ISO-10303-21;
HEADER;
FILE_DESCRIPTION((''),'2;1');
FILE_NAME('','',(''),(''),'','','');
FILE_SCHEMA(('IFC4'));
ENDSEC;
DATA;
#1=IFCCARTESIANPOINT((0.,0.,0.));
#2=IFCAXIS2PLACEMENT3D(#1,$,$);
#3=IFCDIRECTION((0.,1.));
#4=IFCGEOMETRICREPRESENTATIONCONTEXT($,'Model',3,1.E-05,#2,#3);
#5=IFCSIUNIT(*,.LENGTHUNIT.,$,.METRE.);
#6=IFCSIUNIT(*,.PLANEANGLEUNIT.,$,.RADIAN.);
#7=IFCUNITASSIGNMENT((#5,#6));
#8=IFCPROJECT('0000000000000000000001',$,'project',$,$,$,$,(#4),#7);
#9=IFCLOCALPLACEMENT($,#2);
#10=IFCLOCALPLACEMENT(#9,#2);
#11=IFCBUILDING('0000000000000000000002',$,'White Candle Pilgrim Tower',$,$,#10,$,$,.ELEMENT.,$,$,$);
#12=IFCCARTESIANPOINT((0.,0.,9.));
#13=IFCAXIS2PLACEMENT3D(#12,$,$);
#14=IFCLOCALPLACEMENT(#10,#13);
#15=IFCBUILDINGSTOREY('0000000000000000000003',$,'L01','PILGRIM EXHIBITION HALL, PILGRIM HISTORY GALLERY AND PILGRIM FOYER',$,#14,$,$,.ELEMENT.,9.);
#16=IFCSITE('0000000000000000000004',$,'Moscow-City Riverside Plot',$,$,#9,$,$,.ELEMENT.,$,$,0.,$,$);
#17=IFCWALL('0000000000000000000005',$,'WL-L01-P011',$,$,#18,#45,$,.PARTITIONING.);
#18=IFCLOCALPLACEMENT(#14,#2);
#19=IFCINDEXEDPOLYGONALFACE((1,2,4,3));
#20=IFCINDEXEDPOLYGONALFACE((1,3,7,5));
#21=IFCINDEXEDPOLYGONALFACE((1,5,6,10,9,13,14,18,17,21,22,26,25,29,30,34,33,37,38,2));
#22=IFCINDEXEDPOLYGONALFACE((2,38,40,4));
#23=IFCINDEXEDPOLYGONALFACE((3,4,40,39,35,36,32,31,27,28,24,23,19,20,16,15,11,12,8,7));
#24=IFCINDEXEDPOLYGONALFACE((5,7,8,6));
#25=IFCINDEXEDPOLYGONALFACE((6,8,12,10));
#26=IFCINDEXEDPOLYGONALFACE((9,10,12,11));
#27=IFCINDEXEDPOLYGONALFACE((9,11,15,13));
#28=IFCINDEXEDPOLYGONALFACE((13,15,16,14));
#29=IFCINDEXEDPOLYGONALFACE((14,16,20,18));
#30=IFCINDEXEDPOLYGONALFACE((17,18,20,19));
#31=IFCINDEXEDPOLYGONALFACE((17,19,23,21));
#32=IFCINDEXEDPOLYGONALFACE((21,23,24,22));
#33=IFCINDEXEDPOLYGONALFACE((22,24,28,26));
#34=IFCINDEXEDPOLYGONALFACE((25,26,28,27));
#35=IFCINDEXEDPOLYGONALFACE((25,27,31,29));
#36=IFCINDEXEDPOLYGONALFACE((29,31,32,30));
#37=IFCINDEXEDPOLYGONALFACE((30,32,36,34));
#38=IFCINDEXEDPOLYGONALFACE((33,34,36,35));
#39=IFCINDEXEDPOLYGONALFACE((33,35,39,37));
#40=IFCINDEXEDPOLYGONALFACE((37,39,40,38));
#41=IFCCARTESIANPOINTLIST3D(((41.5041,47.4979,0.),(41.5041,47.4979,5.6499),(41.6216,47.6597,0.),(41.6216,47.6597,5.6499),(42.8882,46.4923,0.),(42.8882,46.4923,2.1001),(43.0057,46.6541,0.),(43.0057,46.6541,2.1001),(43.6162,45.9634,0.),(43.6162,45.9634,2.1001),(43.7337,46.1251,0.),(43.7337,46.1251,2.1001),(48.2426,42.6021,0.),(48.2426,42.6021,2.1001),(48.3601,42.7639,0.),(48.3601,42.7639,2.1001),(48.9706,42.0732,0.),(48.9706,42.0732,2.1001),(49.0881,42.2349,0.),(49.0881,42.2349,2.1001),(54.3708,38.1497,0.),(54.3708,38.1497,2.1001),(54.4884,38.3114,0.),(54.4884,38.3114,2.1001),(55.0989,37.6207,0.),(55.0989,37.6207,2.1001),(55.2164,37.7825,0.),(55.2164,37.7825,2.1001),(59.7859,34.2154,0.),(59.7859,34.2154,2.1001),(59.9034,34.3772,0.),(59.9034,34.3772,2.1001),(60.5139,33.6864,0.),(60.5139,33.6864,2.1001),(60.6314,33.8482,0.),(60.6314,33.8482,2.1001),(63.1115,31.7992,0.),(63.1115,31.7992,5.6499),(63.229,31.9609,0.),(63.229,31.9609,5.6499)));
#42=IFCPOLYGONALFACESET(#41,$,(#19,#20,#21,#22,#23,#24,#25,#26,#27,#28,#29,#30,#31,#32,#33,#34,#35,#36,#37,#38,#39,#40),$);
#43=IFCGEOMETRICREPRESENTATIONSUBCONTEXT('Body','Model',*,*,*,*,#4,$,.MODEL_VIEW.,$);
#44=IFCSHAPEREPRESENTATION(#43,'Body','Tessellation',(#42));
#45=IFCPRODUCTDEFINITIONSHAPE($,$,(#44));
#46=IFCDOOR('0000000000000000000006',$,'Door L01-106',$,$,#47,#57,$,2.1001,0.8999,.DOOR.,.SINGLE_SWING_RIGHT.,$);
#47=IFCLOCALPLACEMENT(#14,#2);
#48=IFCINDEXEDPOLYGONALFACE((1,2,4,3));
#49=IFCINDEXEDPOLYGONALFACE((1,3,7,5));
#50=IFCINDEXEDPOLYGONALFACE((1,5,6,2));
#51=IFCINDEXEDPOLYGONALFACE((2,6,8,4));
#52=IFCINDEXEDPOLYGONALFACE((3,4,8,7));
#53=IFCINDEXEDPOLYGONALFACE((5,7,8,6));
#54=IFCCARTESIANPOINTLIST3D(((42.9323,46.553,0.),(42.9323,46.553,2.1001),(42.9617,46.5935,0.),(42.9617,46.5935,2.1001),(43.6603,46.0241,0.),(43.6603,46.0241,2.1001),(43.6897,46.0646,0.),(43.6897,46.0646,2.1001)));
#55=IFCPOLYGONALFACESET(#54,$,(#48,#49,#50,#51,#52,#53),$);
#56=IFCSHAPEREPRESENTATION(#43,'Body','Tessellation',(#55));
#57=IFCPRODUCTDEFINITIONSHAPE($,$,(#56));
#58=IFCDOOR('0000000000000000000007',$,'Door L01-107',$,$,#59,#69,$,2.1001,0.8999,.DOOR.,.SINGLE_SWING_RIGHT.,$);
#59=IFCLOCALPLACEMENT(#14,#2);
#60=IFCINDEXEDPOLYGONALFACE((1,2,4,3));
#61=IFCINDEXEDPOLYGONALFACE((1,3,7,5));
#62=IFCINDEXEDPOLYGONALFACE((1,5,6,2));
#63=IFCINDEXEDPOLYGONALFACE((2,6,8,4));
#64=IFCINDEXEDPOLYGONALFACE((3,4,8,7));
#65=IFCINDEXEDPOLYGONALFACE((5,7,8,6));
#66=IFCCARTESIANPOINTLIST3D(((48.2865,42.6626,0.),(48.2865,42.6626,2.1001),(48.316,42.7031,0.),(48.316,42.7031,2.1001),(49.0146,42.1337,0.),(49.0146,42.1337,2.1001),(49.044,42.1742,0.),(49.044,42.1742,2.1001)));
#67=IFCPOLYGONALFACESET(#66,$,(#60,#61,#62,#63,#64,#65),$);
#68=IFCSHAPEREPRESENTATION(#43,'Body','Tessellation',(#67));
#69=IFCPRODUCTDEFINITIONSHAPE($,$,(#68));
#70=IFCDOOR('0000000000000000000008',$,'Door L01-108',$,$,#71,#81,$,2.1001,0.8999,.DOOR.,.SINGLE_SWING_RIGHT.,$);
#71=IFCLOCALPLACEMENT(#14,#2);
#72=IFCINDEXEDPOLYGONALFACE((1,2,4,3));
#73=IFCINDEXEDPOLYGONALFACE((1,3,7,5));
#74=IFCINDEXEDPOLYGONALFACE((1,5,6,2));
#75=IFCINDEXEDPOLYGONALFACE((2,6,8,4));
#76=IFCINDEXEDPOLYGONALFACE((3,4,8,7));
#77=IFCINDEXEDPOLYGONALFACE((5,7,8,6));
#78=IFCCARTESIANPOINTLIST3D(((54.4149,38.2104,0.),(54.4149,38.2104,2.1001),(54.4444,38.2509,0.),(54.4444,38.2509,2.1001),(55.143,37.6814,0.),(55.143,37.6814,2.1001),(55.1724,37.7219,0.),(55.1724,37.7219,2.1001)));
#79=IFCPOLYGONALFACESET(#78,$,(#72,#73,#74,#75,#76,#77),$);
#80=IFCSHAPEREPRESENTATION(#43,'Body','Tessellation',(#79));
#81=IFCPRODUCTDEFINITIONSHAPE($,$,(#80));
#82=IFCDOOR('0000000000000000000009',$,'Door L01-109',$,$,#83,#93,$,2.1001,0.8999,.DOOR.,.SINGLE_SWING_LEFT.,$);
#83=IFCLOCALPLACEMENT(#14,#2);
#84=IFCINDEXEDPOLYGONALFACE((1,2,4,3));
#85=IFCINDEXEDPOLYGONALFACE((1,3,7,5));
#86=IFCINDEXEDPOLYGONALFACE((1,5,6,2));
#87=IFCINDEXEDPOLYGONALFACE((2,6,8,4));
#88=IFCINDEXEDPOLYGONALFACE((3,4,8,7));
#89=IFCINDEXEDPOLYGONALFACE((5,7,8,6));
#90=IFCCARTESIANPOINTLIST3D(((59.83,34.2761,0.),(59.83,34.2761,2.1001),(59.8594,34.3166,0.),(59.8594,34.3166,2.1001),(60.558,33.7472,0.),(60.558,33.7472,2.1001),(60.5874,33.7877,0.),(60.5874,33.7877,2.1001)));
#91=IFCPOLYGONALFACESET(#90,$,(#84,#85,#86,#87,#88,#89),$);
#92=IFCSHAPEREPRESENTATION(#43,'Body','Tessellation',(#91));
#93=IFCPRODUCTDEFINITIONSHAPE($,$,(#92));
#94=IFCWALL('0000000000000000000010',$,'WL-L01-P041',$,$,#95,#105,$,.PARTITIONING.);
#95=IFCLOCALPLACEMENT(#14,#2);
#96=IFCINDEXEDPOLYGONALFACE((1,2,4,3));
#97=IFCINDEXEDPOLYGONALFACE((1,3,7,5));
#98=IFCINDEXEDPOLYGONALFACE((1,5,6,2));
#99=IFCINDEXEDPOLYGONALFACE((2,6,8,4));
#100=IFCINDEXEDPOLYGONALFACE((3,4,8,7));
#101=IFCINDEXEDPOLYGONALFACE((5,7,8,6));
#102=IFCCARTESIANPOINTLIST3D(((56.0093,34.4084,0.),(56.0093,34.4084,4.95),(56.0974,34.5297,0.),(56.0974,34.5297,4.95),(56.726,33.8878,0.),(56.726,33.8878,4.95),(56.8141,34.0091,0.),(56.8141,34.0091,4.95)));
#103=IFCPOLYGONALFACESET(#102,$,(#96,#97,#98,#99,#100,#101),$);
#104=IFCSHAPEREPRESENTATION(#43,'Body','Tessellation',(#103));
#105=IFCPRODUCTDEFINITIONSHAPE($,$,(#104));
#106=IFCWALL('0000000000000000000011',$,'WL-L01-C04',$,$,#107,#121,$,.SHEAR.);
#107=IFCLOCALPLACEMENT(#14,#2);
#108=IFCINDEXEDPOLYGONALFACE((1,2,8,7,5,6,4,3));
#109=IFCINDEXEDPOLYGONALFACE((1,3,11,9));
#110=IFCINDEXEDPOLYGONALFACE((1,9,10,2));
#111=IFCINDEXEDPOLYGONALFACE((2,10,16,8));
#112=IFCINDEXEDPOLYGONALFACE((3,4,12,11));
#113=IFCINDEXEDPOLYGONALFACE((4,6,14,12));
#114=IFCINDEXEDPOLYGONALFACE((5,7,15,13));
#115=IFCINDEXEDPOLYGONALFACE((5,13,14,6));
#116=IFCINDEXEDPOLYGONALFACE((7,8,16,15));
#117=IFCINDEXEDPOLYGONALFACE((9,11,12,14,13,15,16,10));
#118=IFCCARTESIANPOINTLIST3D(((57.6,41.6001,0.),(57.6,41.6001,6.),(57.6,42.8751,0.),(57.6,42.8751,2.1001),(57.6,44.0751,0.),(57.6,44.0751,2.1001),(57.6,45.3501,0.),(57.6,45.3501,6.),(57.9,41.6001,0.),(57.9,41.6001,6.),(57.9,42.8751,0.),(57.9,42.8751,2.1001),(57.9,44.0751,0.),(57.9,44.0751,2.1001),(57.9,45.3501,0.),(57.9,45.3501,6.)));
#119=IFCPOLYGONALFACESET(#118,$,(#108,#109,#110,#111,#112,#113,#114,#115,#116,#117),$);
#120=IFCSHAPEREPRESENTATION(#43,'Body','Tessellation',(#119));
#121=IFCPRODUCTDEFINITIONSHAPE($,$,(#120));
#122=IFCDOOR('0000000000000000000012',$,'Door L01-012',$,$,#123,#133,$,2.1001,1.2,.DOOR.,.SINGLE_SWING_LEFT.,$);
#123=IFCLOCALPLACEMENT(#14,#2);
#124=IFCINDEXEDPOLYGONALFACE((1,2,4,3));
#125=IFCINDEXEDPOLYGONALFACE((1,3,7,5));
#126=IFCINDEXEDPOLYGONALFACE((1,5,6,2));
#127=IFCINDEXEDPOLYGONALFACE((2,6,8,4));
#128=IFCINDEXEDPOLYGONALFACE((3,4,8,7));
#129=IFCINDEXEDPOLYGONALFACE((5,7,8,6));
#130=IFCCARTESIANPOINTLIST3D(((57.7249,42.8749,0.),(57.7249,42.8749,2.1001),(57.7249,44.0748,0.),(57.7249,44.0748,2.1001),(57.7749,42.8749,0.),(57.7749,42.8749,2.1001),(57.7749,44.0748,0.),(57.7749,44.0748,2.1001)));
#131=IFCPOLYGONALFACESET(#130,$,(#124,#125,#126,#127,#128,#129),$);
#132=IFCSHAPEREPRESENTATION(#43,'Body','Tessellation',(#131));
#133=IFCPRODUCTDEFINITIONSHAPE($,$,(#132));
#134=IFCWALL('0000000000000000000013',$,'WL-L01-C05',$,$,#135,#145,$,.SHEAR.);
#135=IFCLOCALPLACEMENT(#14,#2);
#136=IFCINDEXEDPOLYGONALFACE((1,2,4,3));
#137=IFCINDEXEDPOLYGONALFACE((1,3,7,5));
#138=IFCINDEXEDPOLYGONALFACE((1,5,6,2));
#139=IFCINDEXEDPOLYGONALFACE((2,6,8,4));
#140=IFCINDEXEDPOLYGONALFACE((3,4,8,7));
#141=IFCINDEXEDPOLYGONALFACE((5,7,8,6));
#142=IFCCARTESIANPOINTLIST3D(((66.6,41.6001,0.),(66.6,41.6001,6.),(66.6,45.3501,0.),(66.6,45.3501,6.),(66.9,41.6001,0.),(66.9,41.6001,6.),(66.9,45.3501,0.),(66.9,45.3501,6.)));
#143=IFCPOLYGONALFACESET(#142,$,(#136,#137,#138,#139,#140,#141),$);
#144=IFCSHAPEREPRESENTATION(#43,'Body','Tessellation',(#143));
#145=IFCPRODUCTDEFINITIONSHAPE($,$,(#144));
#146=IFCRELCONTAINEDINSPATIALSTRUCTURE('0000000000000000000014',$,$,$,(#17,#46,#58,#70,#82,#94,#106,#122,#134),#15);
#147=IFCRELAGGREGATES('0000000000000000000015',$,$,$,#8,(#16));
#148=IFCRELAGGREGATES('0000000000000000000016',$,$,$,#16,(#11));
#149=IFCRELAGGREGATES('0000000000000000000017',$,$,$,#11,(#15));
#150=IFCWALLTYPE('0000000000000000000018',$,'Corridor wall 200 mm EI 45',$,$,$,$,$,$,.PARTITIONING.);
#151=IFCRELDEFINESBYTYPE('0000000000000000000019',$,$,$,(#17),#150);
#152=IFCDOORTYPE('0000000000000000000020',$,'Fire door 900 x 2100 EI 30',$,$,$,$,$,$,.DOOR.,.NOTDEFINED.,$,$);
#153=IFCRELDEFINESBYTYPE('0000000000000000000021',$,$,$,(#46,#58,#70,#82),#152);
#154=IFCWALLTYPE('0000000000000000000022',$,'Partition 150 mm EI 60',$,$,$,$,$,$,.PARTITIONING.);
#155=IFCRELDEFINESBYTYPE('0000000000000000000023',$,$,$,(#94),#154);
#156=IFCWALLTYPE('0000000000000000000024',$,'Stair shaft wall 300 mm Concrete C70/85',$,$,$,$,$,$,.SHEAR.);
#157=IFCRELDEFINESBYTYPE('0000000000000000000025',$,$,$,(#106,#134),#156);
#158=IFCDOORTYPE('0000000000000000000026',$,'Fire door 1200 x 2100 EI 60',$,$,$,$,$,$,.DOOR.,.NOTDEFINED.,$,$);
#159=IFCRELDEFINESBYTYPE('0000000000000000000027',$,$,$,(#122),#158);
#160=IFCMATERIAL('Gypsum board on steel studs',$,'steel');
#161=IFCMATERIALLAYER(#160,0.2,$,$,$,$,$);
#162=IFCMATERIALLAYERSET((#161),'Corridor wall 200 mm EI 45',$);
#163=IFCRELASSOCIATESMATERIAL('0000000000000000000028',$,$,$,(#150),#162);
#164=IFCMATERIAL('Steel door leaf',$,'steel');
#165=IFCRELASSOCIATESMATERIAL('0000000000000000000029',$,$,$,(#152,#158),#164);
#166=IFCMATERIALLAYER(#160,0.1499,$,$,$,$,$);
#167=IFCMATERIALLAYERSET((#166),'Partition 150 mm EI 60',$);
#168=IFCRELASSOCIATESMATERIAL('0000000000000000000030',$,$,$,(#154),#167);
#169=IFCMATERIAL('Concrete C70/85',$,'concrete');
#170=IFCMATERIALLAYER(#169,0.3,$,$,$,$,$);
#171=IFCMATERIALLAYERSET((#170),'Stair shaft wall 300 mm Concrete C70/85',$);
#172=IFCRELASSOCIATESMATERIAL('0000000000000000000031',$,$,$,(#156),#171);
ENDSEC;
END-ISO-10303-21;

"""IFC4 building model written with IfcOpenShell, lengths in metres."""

from ifc_helpers import new_model, si_unit, direction, frame, frame_2d, origin, place, context, subcontext, project, spatial, rectangle, extrude, material, layer, layer_set, type_object, element, fill, save


model = new_model("IFC4")

# Units and contexts
model_context = context("Model", 3, precision=1e-05, world=origin(), true_north=direction((0.0, 1.0)))
body_context = subcontext(model_context, "Body", "Model", "MODEL_VIEW")
ifc_project = project(units=[si_unit("LENGTHUNIT", "METRE"), si_unit("PLANEANGLEUNIT", "RADIAN")], contexts=[model_context])

# Site, building, storey
site_placement = place(None, origin())
site = spatial("IfcSite", under=ifc_project, at=site_placement, Name="Moscow-City Riverside Plot", CompositionType="ELEMENT", RefElevation=0.0)
building_placement = place(site_placement, origin())
building = spatial("IfcBuilding", under=site, at=building_placement, Name="White Candle Pilgrim Tower", CompositionType="ELEMENT")
storey_placement = place(building_placement, frame((0.0, 0.0, 9.0)))
storey = spatial("IfcBuildingStorey", under=building, at=storey_placement, Name="L01", Description="PILGRIM EXHIBITION HALL, PILGRIM HISTORY GALLERY AND PILGRIM FOYER", CompositionType="ELEMENT", Elevation=9.0)

# Shared definitions
ifc_material_1 = material(Name="Concrete C70/85", Category="concrete")

# Wall, openings, doors
ifc_material_2 = material(Name="Gypsum board on steel studs", Category="steel")
ifc_layer_1 = layer(ifc_material_2, 0.2)
ifc_layer_set_1 = layer_set([ifc_layer_1], Name="Corridor wall 200 mm EI 45")
wall_type_1 = type_object("IfcWallType", Name="Corridor wall 200 mm EI 45", PredefinedType="PARTITIONING", material=ifc_layer_set_1)
wall_1_placement = place(storey_placement, frame((63.1702, 31.8801, 0.0), z_axis=(0.0, 0.0, 1.0), x_axis=(-0.809017, 0.587786, 0.0)))
wall_1 = element("IfcWall", 1, at=wall_1_placement, inside=storey, type_object=wall_type_1, Name="WL-L01-P011", PredefinedType="PARTITIONING", context=body_context, shape_type="SweptSolid", body=[
    extrude(rectangle(XDim=26.7083, YDim=0.2, at=frame_2d((13.354, 0.0))), origin(), (0.0, 0.0, 1.0), 5.6499),
])
opening_1_placement = place(wall_1_placement, frame((24.0974, 0.0, 0.0)))
opening_1 = element("IfcOpeningElement", 2, at=opening_1_placement, cuts=wall_1, PredefinedType="OPENING", context=body_context, shape_type="SweptSolid", body=[
    extrude(rectangle(XDim=0.8999, YDim=2.1001, at=frame_2d((0.45, 1.05))), frame((0.0, 0.1099, 0.0), z_axis=(0.0, -1.0, 0.0), x_axis=(1.0, 0.0, 0.0)), (0.0, 0.0, 1.0), 0.22),
])
opening_2_placement = place(wall_1_placement, frame((17.479, 0.0, 0.0)))
opening_2 = element("IfcOpeningElement", 3, at=opening_2_placement, cuts=wall_1, PredefinedType="OPENING", context=body_context, shape_type="SweptSolid", body=[
    extrude(rectangle(XDim=0.8999, YDim=2.1001, at=frame_2d((0.45, 1.05))), frame((0.0, 0.1099, 0.0), z_axis=(0.0, -1.0, 0.0), x_axis=(1.0, 0.0, 0.0)), (0.0, 0.0, 1.0), 0.22),
])
opening_3_placement = place(wall_1_placement, frame((9.9041, 0.0, 0.0)))
opening_3 = element("IfcOpeningElement", 4, at=opening_3_placement, cuts=wall_1, PredefinedType="OPENING", context=body_context, shape_type="SweptSolid", body=[
    extrude(rectangle(XDim=0.8999, YDim=2.1001, at=frame_2d((0.45, 1.05))), frame((0.0, 0.1099, 0.0), z_axis=(0.0, -1.0, 0.0), x_axis=(1.0, 0.0, 0.0)), (0.0, 0.0, 1.0), 0.22),
])
opening_4_placement = place(wall_1_placement, frame((3.2107, 0.0, 0.0)))
opening_4 = element("IfcOpeningElement", 5, at=opening_4_placement, cuts=wall_1, PredefinedType="OPENING", context=body_context, shape_type="SweptSolid", body=[
    extrude(rectangle(XDim=0.8999, YDim=2.1001, at=frame_2d((0.45, 1.05))), frame((0.0, 0.1099, 0.0), z_axis=(0.0, -1.0, 0.0), x_axis=(1.0, 0.0, 0.0)), (0.0, 0.0, 1.0), 0.22),
])
ifc_material_3 = material(Name="Steel door leaf", Category="steel")
door_type_1 = type_object("IfcDoorType", Name="Fire door 900 x 2100 EI 30", OperationType="NOTDEFINED", PredefinedType="DOOR", material=ifc_material_3)
door_1_placement = place(opening_1_placement, origin())
door_1 = element("IfcDoor", 6, at=door_1_placement, inside=storey, type_object=door_type_1, Name="Door L01-106", OperationType="SINGLE_SWING_RIGHT", OverallHeight=2.1001, OverallWidth=0.8999, PredefinedType="DOOR", context=body_context, shape_type="SweptSolid", body=[
    extrude(rectangle(XDim=0.8999, YDim=2.1001, at=frame_2d((0.45, 1.05))), frame((0.0, 0.0249, 0.0), z_axis=(0.0, -1.0, 0.0), x_axis=(1.0, 0.0, 0.0)), (0.0, 0.0, 1.0), 0.05),
])
fill(opening_1, door_1)
door_2_placement = place(opening_2_placement, frame((0.8999, 0.0, 0.0), z_axis=(0.0, 0.0, 1.0), x_axis=(-1.0, 0.0, 0.0)))
door_2 = element("IfcDoor", 7, at=door_2_placement, inside=storey, type_object=door_type_1, Name="Door L01-107", OperationType="SINGLE_SWING_RIGHT", OverallHeight=2.1001, OverallWidth=0.8999, PredefinedType="DOOR", context=body_context, shape_type="SweptSolid", body=[
    extrude(rectangle(XDim=0.8999, YDim=2.1001, at=frame_2d((0.45, 1.05))), frame((0.0, 0.0249, 0.0), z_axis=(0.0, -1.0, 0.0), x_axis=(1.0, 0.0, 0.0)), (0.0, 0.0, 1.0), 0.05),
])
fill(opening_2, door_2)
door_3_placement = place(opening_3_placement, origin())
door_3 = element("IfcDoor", 8, at=door_3_placement, inside=storey, type_object=door_type_1, Name="Door L01-108", OperationType="SINGLE_SWING_RIGHT", OverallHeight=2.1001, OverallWidth=0.8999, PredefinedType="DOOR", context=body_context, shape_type="SweptSolid", body=[
    extrude(rectangle(XDim=0.8999, YDim=2.1001, at=frame_2d((0.45, 1.05))), frame((0.0, 0.0249, 0.0), z_axis=(0.0, -1.0, 0.0), x_axis=(1.0, 0.0, 0.0)), (0.0, 0.0, 1.0), 0.05),
])
fill(opening_3, door_3)
door_4_placement = place(opening_4_placement, origin())
door_4 = element("IfcDoor", 9, at=door_4_placement, inside=storey, type_object=door_type_1, Name="Door L01-109", OperationType="SINGLE_SWING_LEFT", OverallHeight=2.1001, OverallWidth=0.8999, PredefinedType="DOOR", context=body_context, shape_type="SweptSolid", body=[
    extrude(rectangle(XDim=0.8999, YDim=2.1001, at=frame_2d((0.45, 1.05))), frame((0.0, 0.0249, 0.0), z_axis=(0.0, -1.0, 0.0), x_axis=(1.0, 0.0, 0.0)), (0.0, 0.0, 1.0), 0.05),
])
fill(opening_4, door_4)

# Wall
ifc_layer_2 = layer(ifc_material_2, 0.1499)
ifc_layer_set_2 = layer_set([ifc_layer_2], Name="Partition 150 mm EI 60")
wall_type_2 = type_object("IfcWallType", Name="Partition 150 mm EI 60", PredefinedType="PARTITIONING", material=ifc_layer_set_2)
wall_2_placement = place(storey_placement, frame((56.77, 33.9485, 0.0), z_axis=(0.0, 0.0, 1.0), x_axis=(-0.80907, 0.587713, 0.0)))
element("IfcWall", 10, at=wall_2_placement, inside=storey, type_object=wall_type_2, Name="WL-L01-P041", PredefinedType="PARTITIONING", context=body_context, shape_type="SweptSolid", body=[
    extrude(rectangle(XDim=0.8857, YDim=0.1499, at=frame_2d((0.4429, 0.0))), origin(), (0.0, 0.0, 1.0), 4.95),
])

# Wall, opening, door
ifc_layer_3 = layer(ifc_material_1, 0.3)
ifc_layer_set_3 = layer_set([ifc_layer_3], Name="Stair shaft wall 300 mm Concrete C70/85")
wall_type_3 = type_object("IfcWallType", Name="Stair shaft wall 300 mm Concrete C70/85", PredefinedType="SHEAR", material=ifc_layer_set_3)
wall_3_placement = place(storey_placement, frame((57.75, 41.6001, 0.0), z_axis=(0.0, 0.0, 1.0), x_axis=(0.0, 1.0, 0.0)))
wall_3 = element("IfcWall", 11, at=wall_3_placement, inside=storey, type_object=wall_type_3, Name="WL-L01-C04", PredefinedType="SHEAR", context=body_context, shape_type="SweptSolid", body=[
    extrude(rectangle(XDim=3.75, YDim=0.3, at=frame_2d((1.875, 0.0))), origin(), (0.0, 0.0, 1.0), 6.0),
])
opening_5_placement = place(wall_3_placement, frame((1.2749, 0.0, 0.0)))
opening_5 = element("IfcOpeningElement", 12, at=opening_5_placement, cuts=wall_3, PredefinedType="OPENING", context=body_context, shape_type="SweptSolid", body=[
    extrude(rectangle(XDim=1.2, YDim=2.1001, at=frame_2d((0.6001, 1.05))), frame((0.0, 0.1599, 0.0), z_axis=(0.0, -1.0, 0.0), x_axis=(1.0, 0.0, 0.0)), (0.0, 0.0, 1.0), 0.3201),
])
door_type_2 = type_object("IfcDoorType", Name="Fire door 1200 x 2100 EI 60", OperationType="NOTDEFINED", PredefinedType="DOOR", material=ifc_material_3)
door_5_placement = place(opening_5_placement, frame((1.2, 0.0, 0.0), z_axis=(0.0, 0.0, 1.0), x_axis=(-1.0, 0.0, 0.0)))
door_5 = element("IfcDoor", 13, at=door_5_placement, inside=storey, type_object=door_type_2, Name="Door L01-012", OperationType="SINGLE_SWING_LEFT", OverallHeight=2.1001, OverallWidth=1.2, PredefinedType="DOOR", context=body_context, shape_type="SweptSolid", body=[
    extrude(rectangle(XDim=1.2, YDim=2.1001, at=frame_2d((0.6001, 1.05))), frame((0.0, 0.0249, 0.0), z_axis=(0.0, -1.0, 0.0), x_axis=(1.0, 0.0, 0.0)), (0.0, 0.0, 1.0), 0.05),
])
fill(opening_5, door_5)

# Wall
wall_4_placement = place(storey_placement, frame((66.75, 41.6001, 0.0), z_axis=(0.0, 0.0, 1.0), x_axis=(0.0, 1.0, 0.0)))
element("IfcWall", 14, at=wall_4_placement, inside=storey, type_object=wall_type_3, Name="WL-L01-C05", PredefinedType="SHEAR", context=body_context, shape_type="SweptSolid", body=[
    extrude(rectangle(XDim=3.75, YDim=0.3, at=frame_2d((1.875, 0.0))), origin(), (0.0, 0.0, 1.0), 6.0),
])

save(model, "model.ifc")
